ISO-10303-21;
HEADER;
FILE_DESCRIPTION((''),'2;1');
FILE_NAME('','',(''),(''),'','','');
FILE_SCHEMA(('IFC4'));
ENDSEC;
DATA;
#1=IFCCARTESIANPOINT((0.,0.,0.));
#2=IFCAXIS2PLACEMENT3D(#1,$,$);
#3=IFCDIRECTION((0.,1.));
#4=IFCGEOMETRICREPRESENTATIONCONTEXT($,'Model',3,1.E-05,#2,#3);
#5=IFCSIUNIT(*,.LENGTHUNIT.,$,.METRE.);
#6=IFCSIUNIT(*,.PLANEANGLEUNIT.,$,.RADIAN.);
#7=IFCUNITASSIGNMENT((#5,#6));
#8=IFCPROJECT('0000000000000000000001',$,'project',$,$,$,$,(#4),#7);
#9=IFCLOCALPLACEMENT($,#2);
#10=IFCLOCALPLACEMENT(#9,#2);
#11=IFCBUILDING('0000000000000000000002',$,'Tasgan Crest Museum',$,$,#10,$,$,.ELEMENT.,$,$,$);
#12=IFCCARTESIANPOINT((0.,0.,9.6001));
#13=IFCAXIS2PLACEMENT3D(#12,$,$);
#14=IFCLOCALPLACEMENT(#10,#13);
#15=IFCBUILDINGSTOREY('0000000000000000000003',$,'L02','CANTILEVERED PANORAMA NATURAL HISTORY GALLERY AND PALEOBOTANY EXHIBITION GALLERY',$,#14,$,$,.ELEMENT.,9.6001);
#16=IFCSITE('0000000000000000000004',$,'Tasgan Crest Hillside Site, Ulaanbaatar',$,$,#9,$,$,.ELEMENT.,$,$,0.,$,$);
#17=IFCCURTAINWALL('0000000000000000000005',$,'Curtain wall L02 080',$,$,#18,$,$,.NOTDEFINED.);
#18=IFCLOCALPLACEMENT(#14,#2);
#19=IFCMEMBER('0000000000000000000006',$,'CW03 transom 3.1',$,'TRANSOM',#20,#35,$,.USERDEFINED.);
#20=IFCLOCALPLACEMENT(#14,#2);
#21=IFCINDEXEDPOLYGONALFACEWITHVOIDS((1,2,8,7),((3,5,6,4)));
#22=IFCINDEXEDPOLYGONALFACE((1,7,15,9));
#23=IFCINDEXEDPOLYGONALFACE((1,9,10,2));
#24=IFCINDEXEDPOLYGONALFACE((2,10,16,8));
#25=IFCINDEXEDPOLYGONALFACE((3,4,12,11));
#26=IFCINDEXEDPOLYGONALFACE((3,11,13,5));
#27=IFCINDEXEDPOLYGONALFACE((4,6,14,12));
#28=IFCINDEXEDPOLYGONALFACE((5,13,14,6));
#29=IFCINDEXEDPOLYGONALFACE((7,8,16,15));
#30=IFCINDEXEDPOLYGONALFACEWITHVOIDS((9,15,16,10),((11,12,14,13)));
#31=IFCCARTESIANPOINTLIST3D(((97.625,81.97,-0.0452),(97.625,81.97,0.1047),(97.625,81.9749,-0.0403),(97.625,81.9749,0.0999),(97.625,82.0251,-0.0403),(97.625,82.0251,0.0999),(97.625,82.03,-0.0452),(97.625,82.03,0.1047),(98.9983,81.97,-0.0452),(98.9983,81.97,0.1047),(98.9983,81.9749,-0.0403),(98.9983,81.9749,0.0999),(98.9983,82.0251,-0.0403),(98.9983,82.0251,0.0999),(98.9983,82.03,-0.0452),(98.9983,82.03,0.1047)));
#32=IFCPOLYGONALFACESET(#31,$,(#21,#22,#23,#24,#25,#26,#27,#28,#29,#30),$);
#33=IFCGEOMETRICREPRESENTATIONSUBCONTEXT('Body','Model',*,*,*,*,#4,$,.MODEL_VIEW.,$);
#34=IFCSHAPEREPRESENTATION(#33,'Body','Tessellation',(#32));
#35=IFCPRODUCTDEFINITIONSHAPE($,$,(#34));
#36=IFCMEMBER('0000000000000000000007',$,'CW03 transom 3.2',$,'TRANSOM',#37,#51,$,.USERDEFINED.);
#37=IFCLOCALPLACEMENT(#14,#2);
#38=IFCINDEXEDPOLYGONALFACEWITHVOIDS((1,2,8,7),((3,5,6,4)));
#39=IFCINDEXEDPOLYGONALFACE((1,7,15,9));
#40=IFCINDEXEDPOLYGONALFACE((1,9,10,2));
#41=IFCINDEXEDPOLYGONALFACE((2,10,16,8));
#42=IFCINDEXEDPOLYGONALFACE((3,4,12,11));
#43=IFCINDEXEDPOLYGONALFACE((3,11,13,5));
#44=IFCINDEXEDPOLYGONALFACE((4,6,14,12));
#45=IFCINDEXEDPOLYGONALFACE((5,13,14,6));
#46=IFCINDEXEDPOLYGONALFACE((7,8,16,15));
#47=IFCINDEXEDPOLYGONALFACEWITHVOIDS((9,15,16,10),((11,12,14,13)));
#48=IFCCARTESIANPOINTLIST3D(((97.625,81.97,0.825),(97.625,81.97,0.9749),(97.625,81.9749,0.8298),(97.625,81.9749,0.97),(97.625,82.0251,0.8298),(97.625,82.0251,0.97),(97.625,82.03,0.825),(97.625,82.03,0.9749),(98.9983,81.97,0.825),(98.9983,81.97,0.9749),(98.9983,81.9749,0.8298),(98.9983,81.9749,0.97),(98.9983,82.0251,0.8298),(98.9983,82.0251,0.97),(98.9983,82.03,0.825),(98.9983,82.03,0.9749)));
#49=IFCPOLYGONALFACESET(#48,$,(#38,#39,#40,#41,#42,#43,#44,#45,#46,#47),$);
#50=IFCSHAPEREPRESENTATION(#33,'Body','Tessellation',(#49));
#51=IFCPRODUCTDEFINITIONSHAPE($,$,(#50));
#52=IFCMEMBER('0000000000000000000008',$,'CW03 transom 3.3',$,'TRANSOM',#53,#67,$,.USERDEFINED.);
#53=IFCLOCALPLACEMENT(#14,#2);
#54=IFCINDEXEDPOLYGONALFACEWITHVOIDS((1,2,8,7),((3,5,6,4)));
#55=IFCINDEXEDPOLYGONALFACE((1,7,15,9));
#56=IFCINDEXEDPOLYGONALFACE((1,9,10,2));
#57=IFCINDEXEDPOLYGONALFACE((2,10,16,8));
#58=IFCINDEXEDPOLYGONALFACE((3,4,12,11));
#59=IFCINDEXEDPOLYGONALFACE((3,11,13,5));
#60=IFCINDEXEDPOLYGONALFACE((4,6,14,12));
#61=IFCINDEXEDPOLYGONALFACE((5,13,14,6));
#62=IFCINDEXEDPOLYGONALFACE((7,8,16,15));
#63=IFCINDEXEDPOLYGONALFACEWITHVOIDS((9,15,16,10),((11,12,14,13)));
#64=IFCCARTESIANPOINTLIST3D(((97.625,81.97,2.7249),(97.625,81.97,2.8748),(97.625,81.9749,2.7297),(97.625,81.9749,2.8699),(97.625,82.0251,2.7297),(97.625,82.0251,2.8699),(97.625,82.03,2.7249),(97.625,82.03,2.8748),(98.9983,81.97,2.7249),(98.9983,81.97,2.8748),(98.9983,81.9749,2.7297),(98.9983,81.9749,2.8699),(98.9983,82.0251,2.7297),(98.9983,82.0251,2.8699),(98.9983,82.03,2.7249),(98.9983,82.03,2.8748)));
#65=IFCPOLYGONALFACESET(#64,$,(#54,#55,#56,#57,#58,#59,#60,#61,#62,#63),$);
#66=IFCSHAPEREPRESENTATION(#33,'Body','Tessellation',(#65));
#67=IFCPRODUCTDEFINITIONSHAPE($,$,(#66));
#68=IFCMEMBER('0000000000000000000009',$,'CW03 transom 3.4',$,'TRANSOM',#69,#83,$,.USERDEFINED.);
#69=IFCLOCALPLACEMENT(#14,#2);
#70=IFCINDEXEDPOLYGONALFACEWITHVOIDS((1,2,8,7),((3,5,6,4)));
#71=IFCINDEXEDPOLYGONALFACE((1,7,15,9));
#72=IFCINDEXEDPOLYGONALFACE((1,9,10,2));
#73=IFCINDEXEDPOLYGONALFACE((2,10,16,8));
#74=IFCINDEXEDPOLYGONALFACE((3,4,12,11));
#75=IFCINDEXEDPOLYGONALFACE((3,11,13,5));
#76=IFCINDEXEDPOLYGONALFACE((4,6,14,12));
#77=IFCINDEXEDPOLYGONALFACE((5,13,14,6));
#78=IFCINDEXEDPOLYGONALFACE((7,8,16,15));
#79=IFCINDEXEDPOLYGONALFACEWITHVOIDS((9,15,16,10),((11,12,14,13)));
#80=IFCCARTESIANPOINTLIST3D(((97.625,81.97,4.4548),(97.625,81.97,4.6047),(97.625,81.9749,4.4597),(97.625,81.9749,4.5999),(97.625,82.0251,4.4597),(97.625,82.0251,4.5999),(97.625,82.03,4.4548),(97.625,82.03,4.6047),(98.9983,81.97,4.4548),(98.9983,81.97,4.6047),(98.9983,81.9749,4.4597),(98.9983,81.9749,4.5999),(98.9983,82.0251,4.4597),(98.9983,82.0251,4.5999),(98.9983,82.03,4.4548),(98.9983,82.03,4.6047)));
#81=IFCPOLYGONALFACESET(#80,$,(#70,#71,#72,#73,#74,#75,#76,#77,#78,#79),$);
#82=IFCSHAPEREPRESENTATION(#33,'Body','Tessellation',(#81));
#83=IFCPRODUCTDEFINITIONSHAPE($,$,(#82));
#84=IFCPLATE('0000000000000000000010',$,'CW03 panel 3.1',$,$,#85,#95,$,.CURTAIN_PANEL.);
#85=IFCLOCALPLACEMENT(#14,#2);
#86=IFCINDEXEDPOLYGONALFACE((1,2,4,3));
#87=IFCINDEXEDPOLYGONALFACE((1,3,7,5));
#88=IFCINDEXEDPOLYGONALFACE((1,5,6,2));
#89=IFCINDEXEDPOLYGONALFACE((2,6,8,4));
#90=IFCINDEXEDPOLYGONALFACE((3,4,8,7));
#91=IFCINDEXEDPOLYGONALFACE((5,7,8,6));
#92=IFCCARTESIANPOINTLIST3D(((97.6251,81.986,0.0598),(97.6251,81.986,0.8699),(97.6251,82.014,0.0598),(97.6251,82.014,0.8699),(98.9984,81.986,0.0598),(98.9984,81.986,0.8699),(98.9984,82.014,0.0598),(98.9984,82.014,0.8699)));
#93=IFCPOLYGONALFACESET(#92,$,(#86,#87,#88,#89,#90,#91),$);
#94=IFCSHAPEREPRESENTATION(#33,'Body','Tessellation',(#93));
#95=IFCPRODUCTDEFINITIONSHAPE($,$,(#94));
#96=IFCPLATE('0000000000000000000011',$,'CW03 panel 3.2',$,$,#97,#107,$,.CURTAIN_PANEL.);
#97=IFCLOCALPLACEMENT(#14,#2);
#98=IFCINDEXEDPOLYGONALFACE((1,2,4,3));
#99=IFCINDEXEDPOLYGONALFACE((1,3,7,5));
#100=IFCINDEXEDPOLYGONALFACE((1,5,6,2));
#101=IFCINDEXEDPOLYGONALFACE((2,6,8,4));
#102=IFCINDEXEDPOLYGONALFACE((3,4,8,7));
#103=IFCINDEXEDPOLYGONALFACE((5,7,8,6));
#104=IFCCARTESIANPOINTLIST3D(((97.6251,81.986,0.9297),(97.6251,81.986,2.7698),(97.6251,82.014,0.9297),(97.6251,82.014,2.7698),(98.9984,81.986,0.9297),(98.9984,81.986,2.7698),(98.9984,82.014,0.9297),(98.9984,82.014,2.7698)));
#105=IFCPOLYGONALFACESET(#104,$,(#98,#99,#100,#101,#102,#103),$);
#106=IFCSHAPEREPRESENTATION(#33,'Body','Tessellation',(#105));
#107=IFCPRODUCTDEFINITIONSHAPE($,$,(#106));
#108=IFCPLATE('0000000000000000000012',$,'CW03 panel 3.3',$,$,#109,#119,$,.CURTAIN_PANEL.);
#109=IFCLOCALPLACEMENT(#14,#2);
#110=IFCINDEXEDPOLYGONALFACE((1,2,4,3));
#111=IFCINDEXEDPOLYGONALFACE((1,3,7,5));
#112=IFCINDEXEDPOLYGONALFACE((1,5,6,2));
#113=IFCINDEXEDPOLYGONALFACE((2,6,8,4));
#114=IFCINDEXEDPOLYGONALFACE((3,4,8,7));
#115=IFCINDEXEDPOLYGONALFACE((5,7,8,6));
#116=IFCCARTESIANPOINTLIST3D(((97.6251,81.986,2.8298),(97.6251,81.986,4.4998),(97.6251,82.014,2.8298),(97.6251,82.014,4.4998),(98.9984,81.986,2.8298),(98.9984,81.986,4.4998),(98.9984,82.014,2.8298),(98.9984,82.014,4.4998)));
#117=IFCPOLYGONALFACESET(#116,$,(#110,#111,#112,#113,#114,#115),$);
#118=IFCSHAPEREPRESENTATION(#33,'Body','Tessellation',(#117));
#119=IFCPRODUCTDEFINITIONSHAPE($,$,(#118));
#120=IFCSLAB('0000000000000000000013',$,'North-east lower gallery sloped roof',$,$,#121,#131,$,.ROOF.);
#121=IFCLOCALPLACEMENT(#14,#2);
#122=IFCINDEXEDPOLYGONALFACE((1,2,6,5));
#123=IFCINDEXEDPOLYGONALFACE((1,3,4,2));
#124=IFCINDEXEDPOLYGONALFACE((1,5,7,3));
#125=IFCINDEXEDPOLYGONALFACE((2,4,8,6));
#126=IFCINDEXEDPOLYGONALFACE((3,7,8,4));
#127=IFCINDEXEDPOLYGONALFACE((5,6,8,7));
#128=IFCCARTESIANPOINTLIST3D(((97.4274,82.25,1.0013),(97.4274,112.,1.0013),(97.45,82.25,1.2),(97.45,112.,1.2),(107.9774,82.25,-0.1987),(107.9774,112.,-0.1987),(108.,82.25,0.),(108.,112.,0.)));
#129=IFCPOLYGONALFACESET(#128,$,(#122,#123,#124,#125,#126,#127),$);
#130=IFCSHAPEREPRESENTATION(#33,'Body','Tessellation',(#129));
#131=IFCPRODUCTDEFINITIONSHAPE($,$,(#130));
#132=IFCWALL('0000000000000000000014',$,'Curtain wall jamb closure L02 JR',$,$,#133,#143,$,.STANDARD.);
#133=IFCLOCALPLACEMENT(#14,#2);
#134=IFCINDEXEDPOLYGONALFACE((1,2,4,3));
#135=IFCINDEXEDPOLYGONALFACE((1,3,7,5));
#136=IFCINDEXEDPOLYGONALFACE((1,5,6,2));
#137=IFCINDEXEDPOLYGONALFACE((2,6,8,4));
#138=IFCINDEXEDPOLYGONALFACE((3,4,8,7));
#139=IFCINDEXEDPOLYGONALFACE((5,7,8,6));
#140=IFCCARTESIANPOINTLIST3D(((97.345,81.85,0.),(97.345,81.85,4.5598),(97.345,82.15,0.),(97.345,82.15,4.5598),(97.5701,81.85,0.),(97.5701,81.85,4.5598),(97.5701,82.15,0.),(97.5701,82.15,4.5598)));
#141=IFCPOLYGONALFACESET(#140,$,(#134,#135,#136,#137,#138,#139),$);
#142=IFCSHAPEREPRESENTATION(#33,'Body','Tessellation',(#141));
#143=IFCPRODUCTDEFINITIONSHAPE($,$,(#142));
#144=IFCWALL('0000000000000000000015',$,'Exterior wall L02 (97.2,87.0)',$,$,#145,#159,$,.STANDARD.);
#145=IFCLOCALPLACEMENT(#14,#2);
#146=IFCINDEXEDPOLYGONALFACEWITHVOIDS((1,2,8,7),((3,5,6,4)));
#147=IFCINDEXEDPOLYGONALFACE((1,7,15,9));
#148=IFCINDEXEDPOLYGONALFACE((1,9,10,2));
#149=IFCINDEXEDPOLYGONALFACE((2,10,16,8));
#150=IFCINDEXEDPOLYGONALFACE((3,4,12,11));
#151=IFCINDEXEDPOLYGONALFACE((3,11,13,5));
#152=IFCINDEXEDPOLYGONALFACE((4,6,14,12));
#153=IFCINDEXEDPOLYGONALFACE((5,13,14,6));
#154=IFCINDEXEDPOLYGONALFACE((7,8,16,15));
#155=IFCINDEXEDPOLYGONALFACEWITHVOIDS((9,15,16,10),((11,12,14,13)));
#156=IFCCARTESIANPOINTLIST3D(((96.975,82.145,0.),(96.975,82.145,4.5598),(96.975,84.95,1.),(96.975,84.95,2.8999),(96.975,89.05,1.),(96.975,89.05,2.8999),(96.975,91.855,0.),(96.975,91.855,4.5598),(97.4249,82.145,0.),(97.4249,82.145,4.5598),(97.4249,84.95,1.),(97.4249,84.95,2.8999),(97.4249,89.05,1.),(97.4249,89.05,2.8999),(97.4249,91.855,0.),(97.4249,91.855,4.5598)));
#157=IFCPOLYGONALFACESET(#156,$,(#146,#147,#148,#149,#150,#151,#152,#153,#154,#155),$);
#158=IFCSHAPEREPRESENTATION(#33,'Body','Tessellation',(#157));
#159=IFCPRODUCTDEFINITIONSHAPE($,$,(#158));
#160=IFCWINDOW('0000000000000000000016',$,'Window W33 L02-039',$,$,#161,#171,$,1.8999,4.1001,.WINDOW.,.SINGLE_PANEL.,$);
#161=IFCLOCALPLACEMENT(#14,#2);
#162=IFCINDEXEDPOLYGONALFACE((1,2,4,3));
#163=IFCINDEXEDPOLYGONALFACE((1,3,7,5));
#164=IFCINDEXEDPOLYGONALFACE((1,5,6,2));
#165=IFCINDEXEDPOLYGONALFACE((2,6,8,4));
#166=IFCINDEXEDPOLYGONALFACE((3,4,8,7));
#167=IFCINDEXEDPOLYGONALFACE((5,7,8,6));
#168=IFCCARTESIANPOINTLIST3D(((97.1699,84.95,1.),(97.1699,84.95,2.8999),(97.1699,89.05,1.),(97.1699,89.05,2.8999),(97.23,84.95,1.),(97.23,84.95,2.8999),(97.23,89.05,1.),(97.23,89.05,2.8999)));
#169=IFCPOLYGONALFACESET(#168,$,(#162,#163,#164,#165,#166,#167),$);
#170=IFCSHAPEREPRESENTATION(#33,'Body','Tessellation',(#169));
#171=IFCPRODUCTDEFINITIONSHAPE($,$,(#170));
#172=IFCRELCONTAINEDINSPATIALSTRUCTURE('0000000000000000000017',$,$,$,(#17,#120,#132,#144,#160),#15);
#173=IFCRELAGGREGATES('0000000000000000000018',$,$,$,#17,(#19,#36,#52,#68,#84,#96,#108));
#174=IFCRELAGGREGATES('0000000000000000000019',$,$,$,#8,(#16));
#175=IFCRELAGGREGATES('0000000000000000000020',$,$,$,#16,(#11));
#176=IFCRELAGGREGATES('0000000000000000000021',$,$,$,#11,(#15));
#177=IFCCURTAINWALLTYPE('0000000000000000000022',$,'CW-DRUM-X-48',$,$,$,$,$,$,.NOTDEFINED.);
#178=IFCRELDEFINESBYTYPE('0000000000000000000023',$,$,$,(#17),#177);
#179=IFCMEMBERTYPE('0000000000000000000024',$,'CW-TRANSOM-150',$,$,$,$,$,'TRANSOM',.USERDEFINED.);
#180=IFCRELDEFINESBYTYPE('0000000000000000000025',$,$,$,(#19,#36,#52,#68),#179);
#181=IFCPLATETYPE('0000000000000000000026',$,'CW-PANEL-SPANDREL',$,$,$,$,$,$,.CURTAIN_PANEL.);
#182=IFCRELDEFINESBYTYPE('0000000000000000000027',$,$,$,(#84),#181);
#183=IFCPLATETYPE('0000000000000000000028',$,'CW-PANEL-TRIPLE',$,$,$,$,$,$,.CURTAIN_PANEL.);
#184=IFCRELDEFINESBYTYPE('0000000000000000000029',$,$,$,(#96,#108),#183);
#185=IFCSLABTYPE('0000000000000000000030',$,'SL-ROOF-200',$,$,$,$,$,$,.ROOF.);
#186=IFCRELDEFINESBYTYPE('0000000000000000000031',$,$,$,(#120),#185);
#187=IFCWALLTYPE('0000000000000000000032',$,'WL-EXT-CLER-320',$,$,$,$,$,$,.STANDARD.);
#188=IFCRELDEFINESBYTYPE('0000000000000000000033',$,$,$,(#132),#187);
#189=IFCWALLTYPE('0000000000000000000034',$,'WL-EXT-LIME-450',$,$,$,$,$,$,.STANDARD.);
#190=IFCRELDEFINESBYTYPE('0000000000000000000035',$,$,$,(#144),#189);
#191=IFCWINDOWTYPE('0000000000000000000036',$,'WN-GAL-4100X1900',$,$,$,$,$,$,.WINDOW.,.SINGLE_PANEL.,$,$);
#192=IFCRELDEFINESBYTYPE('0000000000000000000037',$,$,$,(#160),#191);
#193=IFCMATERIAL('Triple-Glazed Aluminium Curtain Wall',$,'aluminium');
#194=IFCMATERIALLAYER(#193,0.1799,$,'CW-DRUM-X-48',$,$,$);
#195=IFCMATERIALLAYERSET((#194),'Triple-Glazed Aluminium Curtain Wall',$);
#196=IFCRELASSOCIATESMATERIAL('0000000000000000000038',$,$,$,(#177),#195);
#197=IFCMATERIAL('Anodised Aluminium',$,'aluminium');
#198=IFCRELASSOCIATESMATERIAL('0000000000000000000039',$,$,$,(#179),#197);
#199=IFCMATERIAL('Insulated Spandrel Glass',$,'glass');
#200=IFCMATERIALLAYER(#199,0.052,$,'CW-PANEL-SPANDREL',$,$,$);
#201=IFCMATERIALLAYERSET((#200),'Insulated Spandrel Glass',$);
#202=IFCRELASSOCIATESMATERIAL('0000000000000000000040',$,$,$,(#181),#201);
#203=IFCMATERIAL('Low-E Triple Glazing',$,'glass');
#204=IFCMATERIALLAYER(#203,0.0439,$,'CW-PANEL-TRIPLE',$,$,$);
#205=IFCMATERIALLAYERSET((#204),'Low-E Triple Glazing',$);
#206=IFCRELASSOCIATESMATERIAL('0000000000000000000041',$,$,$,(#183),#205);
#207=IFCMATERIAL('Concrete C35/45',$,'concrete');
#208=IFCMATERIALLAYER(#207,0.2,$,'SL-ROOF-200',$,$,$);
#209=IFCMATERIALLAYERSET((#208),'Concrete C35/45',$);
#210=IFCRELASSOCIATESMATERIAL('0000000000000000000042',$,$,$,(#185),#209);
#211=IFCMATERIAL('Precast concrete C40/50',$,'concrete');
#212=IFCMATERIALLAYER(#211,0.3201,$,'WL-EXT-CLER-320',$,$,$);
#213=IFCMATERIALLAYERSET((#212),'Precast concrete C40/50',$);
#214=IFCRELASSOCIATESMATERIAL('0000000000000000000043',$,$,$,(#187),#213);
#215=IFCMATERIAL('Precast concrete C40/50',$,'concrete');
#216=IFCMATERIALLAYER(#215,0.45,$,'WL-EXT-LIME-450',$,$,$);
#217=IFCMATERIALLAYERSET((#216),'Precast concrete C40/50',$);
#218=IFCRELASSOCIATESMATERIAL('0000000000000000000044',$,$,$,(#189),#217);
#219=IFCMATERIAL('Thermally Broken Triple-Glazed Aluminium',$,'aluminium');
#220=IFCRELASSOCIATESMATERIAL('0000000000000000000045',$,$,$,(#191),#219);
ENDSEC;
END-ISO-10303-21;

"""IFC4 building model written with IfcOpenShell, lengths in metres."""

from ifc_helpers import new_model, si_unit, direction, frame, frame_2d, origin, origin_2d, place, context, subcontext, project, spatial, polyline, rectangle, hollow_rectangle, outline, extrude, material, layer, layer_set, material_profile, profile_set, type_object, element, fill, aggregate, save


model = new_model("IFC4")

# Units and contexts
model_context = context("Model", 3, precision=1e-05, world=origin(), true_north=direction((0.0, 1.0)))
body_context = subcontext(model_context, "Body", "Model", "MODEL_VIEW")
ifc_project = project(units=[si_unit("LENGTHUNIT", "METRE"), si_unit("PLANEANGLEUNIT", "RADIAN")], contexts=[model_context])

# Site, building, storey
site_placement = place(None, origin())
site = spatial("IfcSite", under=ifc_project, at=site_placement, Name="Tasgan Crest Hillside Site, Ulaanbaatar", CompositionType="ELEMENT", RefElevation=0.0)
building_placement = place(site_placement, origin())
building = spatial("IfcBuilding", under=site, at=building_placement, Name="Tasgan Crest Museum", CompositionType="ELEMENT")
storey_placement = place(building_placement, frame((0.0, 0.0, 9.6001)))
storey = spatial("IfcBuildingStorey", under=building, at=storey_placement, Name="L02", Description="CANTILEVERED PANORAMA NATURAL HISTORY GALLERY AND PALEOBOTANY EXHIBITION GALLERY", CompositionType="ELEMENT", Elevation=9.6001)

# Curtain wall, members, plates
ifc_material_1 = material(Name="Triple-Glazed Aluminium Curtain Wall", Category="aluminium")
ifc_layer_1 = layer(ifc_material_1, 0.1799, Name="CW-DRUM-X-48")
ifc_layer_set_1 = layer_set([ifc_layer_1], Name="Triple-Glazed Aluminium Curtain Wall")
curtain_wall_type = type_object("IfcCurtainWallType", Name="CW-DRUM-X-48", PredefinedType="NOTDEFINED", material=ifc_layer_set_1)
curtain_wall_placement = place(storey_placement, origin())
curtain_wall = element("IfcCurtainWall", 1, at=curtain_wall_placement, inside=storey, type_object=curtain_wall_type, Name="Curtain wall L02 080", PredefinedType="NOTDEFINED")
ifc_material_2 = material(Name="Anodised Aluminium", Category="aluminium")
ifc_material_profile_1 = material_profile(ifc_material_2, hollow_rectangle(XDim=0.0601, YDim=0.1499, WallThickness=0.0049, at=origin_2d()), Name="ALU TRANSOM 150x60x5")
ifc_profile_set_1 = profile_set([ifc_material_profile_1], Name="Anodised Aluminium")
member_type_1 = type_object("IfcMemberType", Name="CW-TRANSOM-150", ElementType="TRANSOM", PredefinedType="USERDEFINED", material=ifc_profile_set_1)
member_1_placement = place(storey_placement, frame((98.9983, 82.0, 0.0298), z_axis=(-1.0, 0.0, 0.0), x_axis=(0.0, -1.0, 0.0)))
member_1 = element("IfcMember", 2, at=member_1_placement, type_object=member_type_1, Name="CW03 transom 3.1", ObjectType="TRANSOM", PredefinedType="USERDEFINED", context=body_context, shape_type="SweptSolid", body=[
    extrude(hollow_rectangle(XDim=0.0601, YDim=0.1499, WallThickness=0.0049, at=origin_2d()), origin(), (0.0, 0.0, 1.0), 1.3733),
])
member_2_placement = place(storey_placement, frame((98.9983, 82.0, 0.8999), z_axis=(-1.0, 0.0, 0.0), x_axis=(0.0, -1.0, 0.0)))
member_2 = element("IfcMember", 3, at=member_2_placement, type_object=member_type_1, Name="CW03 transom 3.2", ObjectType="TRANSOM", PredefinedType="USERDEFINED", context=body_context, shape_type="SweptSolid", body=[
    extrude(hollow_rectangle(XDim=0.0601, YDim=0.1499, WallThickness=0.0049, at=origin_2d()), origin(), (0.0, 0.0, 1.0), 1.3733),
])
member_3_placement = place(storey_placement, frame((98.9983, 82.0, 2.7998), z_axis=(-1.0, 0.0, 0.0), x_axis=(0.0, -1.0, 0.0)))
member_3 = element("IfcMember", 4, at=member_3_placement, type_object=member_type_1, Name="CW03 transom 3.3", ObjectType="TRANSOM", PredefinedType="USERDEFINED", context=body_context, shape_type="SweptSolid", body=[
    extrude(hollow_rectangle(XDim=0.0601, YDim=0.1499, WallThickness=0.0049, at=origin_2d()), origin(), (0.0, 0.0, 1.0), 1.3733),
])
member_4_placement = place(storey_placement, frame((98.9983, 82.0, 4.5298), z_axis=(-1.0, 0.0, 0.0), x_axis=(0.0, -1.0, 0.0)))
member_4 = element("IfcMember", 5, at=member_4_placement, type_object=member_type_1, Name="CW03 transom 3.4", ObjectType="TRANSOM", PredefinedType="USERDEFINED", context=body_context, shape_type="SweptSolid", body=[
    extrude(hollow_rectangle(XDim=0.0601, YDim=0.1499, WallThickness=0.0049, at=origin_2d()), origin(), (0.0, 0.0, 1.0), 1.3733),
])
ifc_material_3 = material(Name="Insulated Spandrel Glass", Category="glass")
ifc_layer_2 = layer(ifc_material_3, 0.052, Name="CW-PANEL-SPANDREL")
ifc_layer_set_2 = layer_set([ifc_layer_2], Name="Insulated Spandrel Glass")
plate_type_1 = type_object("IfcPlateType", Name="CW-PANEL-SPANDREL", PredefinedType="CURTAIN_PANEL", material=ifc_layer_set_2)
plate_1_placement = place(storey_placement, frame((98.3118, 82.0, 0.0598), z_axis=(0.0, 0.0, 1.0), x_axis=(-1.0, 0.0, 0.0)))
plate_1 = element("IfcPlate", 6, at=plate_1_placement, type_object=plate_type_1, Name="CW03 panel 3.1", PredefinedType="CURTAIN_PANEL", context=body_context, shape_type="SweptSolid", body=[
    extrude(rectangle(XDim=1.3733, YDim=0.0281, at=origin_2d()), origin(), (0.0, 0.0, 1.0), 0.8101),
])
ifc_material_4 = material(Name="Low-E Triple Glazing", Category="glass")
ifc_layer_3 = layer(ifc_material_4, 0.0439, Name="CW-PANEL-TRIPLE")
ifc_layer_set_3 = layer_set([ifc_layer_3], Name="Low-E Triple Glazing")
plate_type_2 = type_object("IfcPlateType", Name="CW-PANEL-TRIPLE", PredefinedType="CURTAIN_PANEL", material=ifc_layer_set_3)
plate_2_placement = place(storey_placement, frame((98.3118, 82.0, 0.9297), z_axis=(0.0, 0.0, 1.0), x_axis=(-1.0, 0.0, 0.0)))
plate_2 = element("IfcPlate", 7, at=plate_2_placement, type_object=plate_type_2, Name="CW03 panel 3.2", PredefinedType="CURTAIN_PANEL", context=body_context, shape_type="SweptSolid", body=[
    extrude(rectangle(XDim=1.3733, YDim=0.0281, at=origin_2d()), origin(), (0.0, 0.0, 1.0), 1.8401),
])
plate_3_placement = place(storey_placement, frame((98.3118, 82.0, 2.8298), z_axis=(0.0, 0.0, 1.0), x_axis=(-1.0, 0.0, 0.0)))
plate_3 = element("IfcPlate", 8, at=plate_3_placement, type_object=plate_type_2, Name="CW03 panel 3.3", PredefinedType="CURTAIN_PANEL", context=body_context, shape_type="SweptSolid", body=[
    extrude(rectangle(XDim=1.3733, YDim=0.0281, at=origin_2d()), origin(), (0.0, 0.0, 1.0), 1.6699),
])
aggregate(curtain_wall, [member_1, member_2, member_3, member_4, plate_1, plate_2, plate_3])

# Slab
ifc_material_5 = material(Name="Concrete C35/45", Category="concrete")
ifc_layer_4 = layer(ifc_material_5, 0.2, Name="SL-ROOF-200")
ifc_layer_set_4 = layer_set([ifc_layer_4], Name="Concrete C35/45")
slab_type = type_object("IfcSlabType", Name="SL-ROOF-200", PredefinedType="ROOF", material=ifc_layer_set_4)
slab_placement = place(storey_placement, frame((97.45, 82.25, 1.2), z_axis=(0.11301, 0.0, 0.993594), x_axis=(0.993594, 0.0, -0.11301)))
element("IfcSlab", 9, at=slab_placement, inside=storey, type_object=slab_type, Name="North-east lower gallery sloped roof", PredefinedType="ROOF", context=body_context, shape_type="SweptSolid", body=[
    extrude(outline(polyline([(0.0, 0.0), (10.6181, 0.0), (10.6181, 29.75), (0.0, 29.75), (0.0, 0.0)])), origin(), (0.0, 0.0, -1.0), 0.2),
])

# Wall
ifc_material_6 = material(Name="Precast concrete C40/50", Category="concrete")
ifc_layer_5 = layer(ifc_material_6, 0.3201, Name="WL-EXT-CLER-320")
ifc_layer_set_5 = layer_set([ifc_layer_5], Name="Precast concrete C40/50")
wall_type_1 = type_object("IfcWallType", Name="WL-EXT-CLER-320", PredefinedType="STANDARD", material=ifc_layer_set_5)
wall_1_placement = place(storey_placement, frame((97.5701, 82.0, 0.0), z_axis=(0.0, 0.0, 1.0), x_axis=(-1.0, 0.0, 0.0)))
element("IfcWall", 10, at=wall_1_placement, inside=storey, type_object=wall_type_1, Name="Curtain wall jamb closure L02 JR", PredefinedType="STANDARD", context=body_context, shape_type="SweptSolid", body=[
    extrude(rectangle(XDim=0.2251, YDim=0.3, at=frame_2d((0.1125, 0.0))), origin(), (0.0, 0.0, 1.0), 4.5598),
])

# Wall, opening, window
ifc_material_7 = material(Name="Precast concrete C40/50", Category="concrete")
ifc_layer_6 = layer(ifc_material_7, 0.45, Name="WL-EXT-LIME-450")
ifc_layer_set_6 = layer_set([ifc_layer_6], Name="Precast concrete C40/50")
wall_type_2 = type_object("IfcWallType", Name="WL-EXT-LIME-450", PredefinedType="STANDARD", material=ifc_layer_set_6)
wall_2_placement = place(storey_placement, frame((97.2, 82.145, 0.0), z_axis=(0.0, 0.0, 1.0), x_axis=(0.0, 1.0, 0.0)))
wall_2 = element("IfcWall", 11, at=wall_2_placement, inside=storey, type_object=wall_type_2, Name="Exterior wall L02 (97.2,87.0)", PredefinedType="STANDARD", context=body_context, shape_type="SweptSolid", body=[
    extrude(rectangle(XDim=9.71, YDim=0.45, at=frame_2d((4.855, 0.0))), origin(), (0.0, 0.0, 1.0), 4.5598),
])
opening_placement = place(wall_2_placement, frame((2.8049, 0.0, 1.0)))
opening = element("IfcOpeningElement", 12, at=opening_placement, cuts=wall_2, PredefinedType="OPENING", context=body_context, shape_type="SweptSolid", body=[
    extrude(rectangle(XDim=4.1001, YDim=1.8999, at=frame_2d((2.05, 0.95))), frame((0.0, 0.2349, 0.0), z_axis=(0.0, -1.0, 0.0), x_axis=(1.0, 0.0, 0.0)), (0.0, 0.0, 1.0), 0.47),
])
ifc_material_8 = material(Name="Thermally Broken Triple-Glazed Aluminium", Category="aluminium")
window_type = type_object("IfcWindowType", Name="WN-GAL-4100X1900", PartitioningType="SINGLE_PANEL", PredefinedType="WINDOW", material=ifc_material_8)
window_placement = place(opening_placement, origin())
window = element("IfcWindow", 13, at=window_placement, inside=storey, type_object=window_type, Name="Window W33 L02-039", OverallHeight=1.8999, OverallWidth=4.1001, PartitioningType="SINGLE_PANEL", PredefinedType="WINDOW", context=body_context, shape_type="SweptSolid", body=[
    extrude(rectangle(XDim=4.1001, YDim=1.8999, at=frame_2d((2.05, 0.95))), frame((0.0, 0.03, 0.0), z_axis=(0.0, -1.0, 0.0), x_axis=(1.0, 0.0, 0.0)), (0.0, 0.0, 1.0), 0.0601),
])
fill(opening, window)

save(model, "model.ifc")
